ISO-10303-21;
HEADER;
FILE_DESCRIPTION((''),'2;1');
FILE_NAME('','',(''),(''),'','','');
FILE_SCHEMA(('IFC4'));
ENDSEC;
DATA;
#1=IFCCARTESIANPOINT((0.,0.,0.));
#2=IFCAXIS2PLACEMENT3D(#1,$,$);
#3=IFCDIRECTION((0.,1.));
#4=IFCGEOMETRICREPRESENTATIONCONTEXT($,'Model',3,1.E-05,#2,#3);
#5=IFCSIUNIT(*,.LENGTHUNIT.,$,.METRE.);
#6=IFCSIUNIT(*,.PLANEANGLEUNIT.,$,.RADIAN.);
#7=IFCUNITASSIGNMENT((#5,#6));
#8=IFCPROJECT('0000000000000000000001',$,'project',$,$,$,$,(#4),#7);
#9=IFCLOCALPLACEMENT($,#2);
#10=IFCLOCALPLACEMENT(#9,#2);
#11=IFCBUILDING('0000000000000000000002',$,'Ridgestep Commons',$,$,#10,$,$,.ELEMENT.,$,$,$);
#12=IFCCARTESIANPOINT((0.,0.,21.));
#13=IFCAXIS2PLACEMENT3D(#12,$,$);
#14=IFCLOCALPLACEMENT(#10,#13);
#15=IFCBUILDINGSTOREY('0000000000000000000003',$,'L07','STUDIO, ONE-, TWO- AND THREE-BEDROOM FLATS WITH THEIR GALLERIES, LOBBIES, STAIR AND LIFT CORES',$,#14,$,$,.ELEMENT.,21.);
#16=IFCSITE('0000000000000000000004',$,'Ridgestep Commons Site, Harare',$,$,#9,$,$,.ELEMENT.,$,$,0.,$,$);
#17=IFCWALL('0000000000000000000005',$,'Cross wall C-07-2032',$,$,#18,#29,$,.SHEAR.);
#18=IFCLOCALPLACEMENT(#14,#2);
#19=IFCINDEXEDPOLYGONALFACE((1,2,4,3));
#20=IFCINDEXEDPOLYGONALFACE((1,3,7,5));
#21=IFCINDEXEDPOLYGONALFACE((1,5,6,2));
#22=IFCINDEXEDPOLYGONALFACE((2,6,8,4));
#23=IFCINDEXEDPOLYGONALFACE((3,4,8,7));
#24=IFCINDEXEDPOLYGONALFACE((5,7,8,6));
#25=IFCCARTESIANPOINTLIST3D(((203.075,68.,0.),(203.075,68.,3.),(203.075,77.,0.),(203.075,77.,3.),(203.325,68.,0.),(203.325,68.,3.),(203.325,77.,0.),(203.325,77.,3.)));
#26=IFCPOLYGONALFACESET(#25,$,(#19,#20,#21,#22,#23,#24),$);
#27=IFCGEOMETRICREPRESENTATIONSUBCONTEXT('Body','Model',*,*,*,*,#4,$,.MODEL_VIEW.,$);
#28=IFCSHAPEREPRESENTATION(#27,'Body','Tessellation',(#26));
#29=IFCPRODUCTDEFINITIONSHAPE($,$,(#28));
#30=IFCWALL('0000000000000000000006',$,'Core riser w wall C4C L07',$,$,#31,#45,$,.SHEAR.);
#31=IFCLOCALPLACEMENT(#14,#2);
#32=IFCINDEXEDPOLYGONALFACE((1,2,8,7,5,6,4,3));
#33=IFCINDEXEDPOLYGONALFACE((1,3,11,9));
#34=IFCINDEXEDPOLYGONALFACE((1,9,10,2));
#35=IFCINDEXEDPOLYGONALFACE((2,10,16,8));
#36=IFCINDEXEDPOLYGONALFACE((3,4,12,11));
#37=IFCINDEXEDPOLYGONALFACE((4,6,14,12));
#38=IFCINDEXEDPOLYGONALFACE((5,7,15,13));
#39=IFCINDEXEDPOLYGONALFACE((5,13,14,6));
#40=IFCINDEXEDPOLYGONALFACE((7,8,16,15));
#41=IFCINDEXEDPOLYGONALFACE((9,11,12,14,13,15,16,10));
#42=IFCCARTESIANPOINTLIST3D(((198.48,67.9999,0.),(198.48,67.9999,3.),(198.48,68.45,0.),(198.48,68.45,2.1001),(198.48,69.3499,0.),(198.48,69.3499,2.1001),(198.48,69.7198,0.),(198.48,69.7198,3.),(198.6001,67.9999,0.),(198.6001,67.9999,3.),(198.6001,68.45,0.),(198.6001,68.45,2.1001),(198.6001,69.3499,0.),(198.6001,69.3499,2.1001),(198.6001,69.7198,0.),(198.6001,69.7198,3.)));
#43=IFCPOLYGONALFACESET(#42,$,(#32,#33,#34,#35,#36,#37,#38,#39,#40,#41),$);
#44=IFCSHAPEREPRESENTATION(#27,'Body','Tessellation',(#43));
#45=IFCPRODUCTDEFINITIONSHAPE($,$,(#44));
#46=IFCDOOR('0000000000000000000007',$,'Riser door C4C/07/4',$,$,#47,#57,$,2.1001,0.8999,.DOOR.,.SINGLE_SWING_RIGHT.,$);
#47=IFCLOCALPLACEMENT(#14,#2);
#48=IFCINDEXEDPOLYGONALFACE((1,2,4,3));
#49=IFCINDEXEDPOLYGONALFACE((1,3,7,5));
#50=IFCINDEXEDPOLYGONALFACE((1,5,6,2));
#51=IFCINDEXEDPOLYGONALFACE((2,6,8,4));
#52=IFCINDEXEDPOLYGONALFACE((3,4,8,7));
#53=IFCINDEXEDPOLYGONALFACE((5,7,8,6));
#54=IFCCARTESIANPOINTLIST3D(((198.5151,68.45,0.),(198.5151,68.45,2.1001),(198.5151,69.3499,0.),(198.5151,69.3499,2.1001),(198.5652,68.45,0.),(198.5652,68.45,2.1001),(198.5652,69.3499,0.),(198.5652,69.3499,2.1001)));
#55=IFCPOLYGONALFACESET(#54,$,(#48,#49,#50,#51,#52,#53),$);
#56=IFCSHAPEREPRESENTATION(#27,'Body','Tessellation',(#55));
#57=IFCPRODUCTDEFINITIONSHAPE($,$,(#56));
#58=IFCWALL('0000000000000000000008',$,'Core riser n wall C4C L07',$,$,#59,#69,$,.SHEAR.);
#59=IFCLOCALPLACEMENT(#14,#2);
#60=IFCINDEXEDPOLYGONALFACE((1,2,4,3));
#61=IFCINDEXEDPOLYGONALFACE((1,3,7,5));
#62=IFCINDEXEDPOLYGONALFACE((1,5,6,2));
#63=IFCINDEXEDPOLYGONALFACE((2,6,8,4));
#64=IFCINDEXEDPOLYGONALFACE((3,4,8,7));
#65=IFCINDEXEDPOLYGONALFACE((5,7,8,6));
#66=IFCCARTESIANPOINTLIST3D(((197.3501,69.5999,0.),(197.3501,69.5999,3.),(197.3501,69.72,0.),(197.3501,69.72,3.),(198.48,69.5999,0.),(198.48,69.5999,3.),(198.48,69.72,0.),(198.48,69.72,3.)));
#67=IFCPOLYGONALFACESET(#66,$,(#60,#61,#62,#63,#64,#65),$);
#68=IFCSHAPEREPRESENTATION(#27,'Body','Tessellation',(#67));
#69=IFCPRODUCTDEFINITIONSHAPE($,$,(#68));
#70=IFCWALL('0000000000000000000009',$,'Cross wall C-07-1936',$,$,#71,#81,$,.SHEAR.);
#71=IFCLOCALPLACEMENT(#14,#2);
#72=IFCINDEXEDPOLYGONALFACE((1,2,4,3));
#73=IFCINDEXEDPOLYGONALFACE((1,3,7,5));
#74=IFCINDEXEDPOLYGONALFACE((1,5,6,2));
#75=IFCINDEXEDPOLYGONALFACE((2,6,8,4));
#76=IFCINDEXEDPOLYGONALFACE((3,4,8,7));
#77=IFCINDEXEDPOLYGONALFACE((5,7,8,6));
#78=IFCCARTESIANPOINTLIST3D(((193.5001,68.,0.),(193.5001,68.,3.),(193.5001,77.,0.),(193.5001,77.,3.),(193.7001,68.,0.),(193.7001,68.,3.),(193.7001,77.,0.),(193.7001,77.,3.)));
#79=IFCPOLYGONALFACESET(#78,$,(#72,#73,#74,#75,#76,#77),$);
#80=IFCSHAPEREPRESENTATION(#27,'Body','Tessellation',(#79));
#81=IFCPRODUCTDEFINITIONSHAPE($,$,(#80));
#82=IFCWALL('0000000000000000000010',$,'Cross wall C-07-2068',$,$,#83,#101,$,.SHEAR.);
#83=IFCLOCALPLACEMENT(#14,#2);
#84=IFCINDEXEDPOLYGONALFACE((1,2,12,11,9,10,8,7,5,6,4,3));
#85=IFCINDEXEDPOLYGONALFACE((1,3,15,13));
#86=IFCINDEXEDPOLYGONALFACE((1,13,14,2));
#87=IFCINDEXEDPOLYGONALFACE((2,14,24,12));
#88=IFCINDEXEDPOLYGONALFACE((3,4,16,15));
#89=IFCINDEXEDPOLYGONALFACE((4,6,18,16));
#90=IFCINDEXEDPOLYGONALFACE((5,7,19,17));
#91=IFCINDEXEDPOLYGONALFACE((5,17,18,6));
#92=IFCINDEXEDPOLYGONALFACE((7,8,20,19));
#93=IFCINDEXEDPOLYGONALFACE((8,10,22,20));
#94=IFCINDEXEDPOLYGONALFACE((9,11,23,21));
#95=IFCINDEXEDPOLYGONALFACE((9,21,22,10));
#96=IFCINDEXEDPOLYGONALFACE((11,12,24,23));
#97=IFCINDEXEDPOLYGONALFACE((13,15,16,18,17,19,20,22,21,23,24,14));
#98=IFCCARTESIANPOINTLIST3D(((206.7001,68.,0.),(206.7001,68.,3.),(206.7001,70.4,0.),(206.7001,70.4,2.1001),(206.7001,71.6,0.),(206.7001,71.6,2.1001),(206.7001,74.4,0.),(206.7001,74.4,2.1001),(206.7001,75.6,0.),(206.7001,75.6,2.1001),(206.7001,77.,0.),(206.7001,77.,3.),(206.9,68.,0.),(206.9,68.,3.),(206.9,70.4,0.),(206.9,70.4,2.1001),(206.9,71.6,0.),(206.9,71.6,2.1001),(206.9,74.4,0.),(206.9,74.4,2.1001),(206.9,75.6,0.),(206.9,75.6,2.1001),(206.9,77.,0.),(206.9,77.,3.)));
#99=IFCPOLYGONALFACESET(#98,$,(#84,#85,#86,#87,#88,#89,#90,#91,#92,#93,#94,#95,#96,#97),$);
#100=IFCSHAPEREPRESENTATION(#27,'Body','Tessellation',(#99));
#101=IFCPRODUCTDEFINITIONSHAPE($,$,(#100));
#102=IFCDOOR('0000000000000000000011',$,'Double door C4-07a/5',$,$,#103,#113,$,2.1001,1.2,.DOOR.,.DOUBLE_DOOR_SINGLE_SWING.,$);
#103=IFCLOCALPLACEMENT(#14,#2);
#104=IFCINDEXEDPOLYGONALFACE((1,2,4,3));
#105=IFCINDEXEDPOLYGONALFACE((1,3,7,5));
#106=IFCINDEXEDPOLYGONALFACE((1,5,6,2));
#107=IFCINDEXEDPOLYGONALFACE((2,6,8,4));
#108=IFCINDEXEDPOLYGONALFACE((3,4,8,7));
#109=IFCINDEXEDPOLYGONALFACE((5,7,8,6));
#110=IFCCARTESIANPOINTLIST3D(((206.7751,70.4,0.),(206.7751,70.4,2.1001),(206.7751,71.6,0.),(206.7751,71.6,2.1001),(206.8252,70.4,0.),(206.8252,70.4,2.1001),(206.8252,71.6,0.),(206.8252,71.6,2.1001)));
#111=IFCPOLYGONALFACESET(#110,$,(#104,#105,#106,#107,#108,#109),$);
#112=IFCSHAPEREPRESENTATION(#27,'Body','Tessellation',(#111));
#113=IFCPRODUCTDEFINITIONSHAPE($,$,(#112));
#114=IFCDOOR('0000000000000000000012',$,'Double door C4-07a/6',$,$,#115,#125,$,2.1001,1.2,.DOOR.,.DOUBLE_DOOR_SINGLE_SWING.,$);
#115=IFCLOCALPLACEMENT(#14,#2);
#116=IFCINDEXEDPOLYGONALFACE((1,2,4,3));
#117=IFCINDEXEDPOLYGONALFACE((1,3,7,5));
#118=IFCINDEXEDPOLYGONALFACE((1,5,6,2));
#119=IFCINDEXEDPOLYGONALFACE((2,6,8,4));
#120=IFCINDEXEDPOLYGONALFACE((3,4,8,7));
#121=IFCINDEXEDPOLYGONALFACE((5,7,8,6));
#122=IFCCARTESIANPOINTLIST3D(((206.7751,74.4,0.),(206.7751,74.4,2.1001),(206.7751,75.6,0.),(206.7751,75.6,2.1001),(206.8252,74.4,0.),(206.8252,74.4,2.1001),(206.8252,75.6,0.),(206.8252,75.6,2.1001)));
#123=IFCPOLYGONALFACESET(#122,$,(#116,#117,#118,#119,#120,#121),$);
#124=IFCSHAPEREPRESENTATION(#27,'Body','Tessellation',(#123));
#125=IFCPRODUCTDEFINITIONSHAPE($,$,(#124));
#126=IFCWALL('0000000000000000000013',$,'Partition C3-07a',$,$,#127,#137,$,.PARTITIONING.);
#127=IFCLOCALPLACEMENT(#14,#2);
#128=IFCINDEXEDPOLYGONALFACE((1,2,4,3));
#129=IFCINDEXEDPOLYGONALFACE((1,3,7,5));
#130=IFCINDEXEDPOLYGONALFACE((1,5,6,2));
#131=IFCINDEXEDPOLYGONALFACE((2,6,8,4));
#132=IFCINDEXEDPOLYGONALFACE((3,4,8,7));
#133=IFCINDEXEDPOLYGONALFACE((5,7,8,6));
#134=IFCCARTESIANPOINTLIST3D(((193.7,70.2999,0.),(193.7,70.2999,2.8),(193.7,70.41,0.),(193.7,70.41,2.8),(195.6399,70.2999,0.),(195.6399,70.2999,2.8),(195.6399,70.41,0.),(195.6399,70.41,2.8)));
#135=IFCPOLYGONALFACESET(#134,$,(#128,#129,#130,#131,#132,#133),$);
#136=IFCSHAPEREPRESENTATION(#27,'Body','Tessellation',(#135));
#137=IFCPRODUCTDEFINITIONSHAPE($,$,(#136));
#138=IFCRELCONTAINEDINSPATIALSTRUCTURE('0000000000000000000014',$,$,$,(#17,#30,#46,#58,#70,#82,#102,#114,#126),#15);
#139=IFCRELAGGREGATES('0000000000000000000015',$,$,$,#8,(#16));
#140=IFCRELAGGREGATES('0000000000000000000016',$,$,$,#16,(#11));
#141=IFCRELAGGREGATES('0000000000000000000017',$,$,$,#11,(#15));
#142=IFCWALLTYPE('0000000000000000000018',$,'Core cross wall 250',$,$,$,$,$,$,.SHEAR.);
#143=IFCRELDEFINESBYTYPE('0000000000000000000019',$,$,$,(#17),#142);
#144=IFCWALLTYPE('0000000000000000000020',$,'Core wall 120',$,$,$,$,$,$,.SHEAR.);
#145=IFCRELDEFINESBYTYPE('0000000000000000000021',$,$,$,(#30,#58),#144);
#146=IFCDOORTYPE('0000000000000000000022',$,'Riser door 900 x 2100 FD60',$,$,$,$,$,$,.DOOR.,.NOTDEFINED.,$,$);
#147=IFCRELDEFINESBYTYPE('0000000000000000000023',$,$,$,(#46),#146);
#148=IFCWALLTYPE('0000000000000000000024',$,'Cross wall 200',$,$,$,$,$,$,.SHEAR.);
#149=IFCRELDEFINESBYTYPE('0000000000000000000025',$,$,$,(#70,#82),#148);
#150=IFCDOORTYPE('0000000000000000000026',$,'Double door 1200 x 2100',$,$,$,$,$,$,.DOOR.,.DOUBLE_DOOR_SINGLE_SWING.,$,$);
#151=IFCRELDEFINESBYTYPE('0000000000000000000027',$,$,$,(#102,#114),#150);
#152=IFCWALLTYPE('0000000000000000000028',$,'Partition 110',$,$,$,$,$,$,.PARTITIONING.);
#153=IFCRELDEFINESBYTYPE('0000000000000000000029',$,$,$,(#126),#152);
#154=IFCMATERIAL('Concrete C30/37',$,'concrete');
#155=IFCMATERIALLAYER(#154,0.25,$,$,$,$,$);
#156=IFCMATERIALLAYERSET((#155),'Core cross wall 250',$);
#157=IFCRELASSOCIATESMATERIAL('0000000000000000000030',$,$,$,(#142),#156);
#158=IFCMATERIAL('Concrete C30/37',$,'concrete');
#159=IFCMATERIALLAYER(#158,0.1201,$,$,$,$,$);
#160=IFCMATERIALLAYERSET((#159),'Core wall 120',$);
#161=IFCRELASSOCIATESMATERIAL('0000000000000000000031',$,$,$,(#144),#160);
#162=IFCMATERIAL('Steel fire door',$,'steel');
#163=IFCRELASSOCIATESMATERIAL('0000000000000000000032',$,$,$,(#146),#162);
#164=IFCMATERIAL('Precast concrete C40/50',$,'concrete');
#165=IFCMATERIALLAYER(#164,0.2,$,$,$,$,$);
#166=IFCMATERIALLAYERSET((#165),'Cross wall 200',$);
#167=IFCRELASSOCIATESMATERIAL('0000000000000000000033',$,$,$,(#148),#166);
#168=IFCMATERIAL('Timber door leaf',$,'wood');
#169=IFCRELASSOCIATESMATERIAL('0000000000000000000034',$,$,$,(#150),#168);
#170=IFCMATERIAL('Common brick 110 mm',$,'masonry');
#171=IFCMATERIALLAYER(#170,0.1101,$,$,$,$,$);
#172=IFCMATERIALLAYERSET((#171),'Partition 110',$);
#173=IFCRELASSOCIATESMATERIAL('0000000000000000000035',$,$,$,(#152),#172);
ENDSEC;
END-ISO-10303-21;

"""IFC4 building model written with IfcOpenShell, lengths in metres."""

from ifc_helpers import new_model, si_unit, direction, frame, frame_2d, origin, place, context, subcontext, project, spatial, rectangle, extrude, material, layer, layer_set, type_object, element, fill, save


model = new_model("IFC4")

# Units and contexts
model_context = context("Model", 3, precision=1e-05, world=origin(), true_north=direction((0.0, 1.0)))
body_context = subcontext(model_context, "Body", "Model", "MODEL_VIEW")
ifc_project = project(units=[si_unit("LENGTHUNIT", "METRE"), si_unit("PLANEANGLEUNIT", "RADIAN")], contexts=[model_context])

# Site, building, storey
site_placement = place(None, origin())
site = spatial("IfcSite", under=ifc_project, at=site_placement, Name="Ridgestep Commons Site, Harare", CompositionType="ELEMENT", RefElevation=0.0)
building_placement = place(site_placement, origin())
building = spatial("IfcBuilding", under=site, at=building_placement, Name="Ridgestep Commons", CompositionType="ELEMENT")
storey_placement = place(building_placement, frame((0.0, 0.0, 21.0)))
storey = spatial("IfcBuildingStorey", under=building, at=storey_placement, Name="L07", Description="STUDIO, ONE-, TWO- AND THREE-BEDROOM FLATS WITH THEIR GALLERIES, LOBBIES, STAIR AND LIFT CORES", CompositionType="ELEMENT", Elevation=21.0)

# Wall
ifc_material_1 = material(Name="Concrete C30/37", Category="concrete")
ifc_layer_1 = layer(ifc_material_1, 0.25)
ifc_layer_set_1 = layer_set([ifc_layer_1], Name="Core cross wall 250")
wall_type_1 = type_object("IfcWallType", Name="Core cross wall 250", PredefinedType="SHEAR", material=ifc_layer_set_1)
wall_1_placement = place(storey_placement, frame((203.2, 68.0, 0.0), z_axis=(0.0, 0.0, 1.0), x_axis=(0.0, 1.0, 0.0)))
element("IfcWall", 1, at=wall_1_placement, inside=storey, type_object=wall_type_1, Name="Cross wall C-07-2032", PredefinedType="SHEAR", context=body_context, shape_type="SweptSolid", body=[
    extrude(rectangle(XDim=9.0, YDim=0.25, at=frame_2d((4.5, 0.0))), origin(), (0.0, 0.0, 1.0), 3.0),
])

# Wall, opening, door
ifc_material_2 = material(Name="Concrete C30/37", Category="concrete")
ifc_layer_2 = layer(ifc_material_2, 0.1201)
ifc_layer_set_2 = layer_set([ifc_layer_2], Name="Core wall 120")
wall_type_2 = type_object("IfcWallType", Name="Core wall 120", PredefinedType="SHEAR", material=ifc_layer_set_2)
wall_2_placement = place(storey_placement, frame((198.54, 68.0, 0.0), z_axis=(0.0, 0.0, 1.0), x_axis=(0.0, 1.0, 0.0)))
wall_2 = element("IfcWall", 2, at=wall_2_placement, inside=storey, type_object=wall_type_2, Name="Core riser w wall C4C L07", PredefinedType="SHEAR", context=body_context, shape_type="SweptSolid", body=[
    extrude(rectangle(XDim=1.72, YDim=0.1201, at=frame_2d((0.8599, 0.0))), origin(), (0.0, 0.0, 1.0), 3.0),
])
opening_1_placement = place(wall_2_placement, frame((0.45, 0.0, 0.0)))
opening_1 = element("IfcOpeningElement", 3, at=opening_1_placement, cuts=wall_2, PredefinedType="OPENING", context=body_context, shape_type="SweptSolid", body=[
    extrude(rectangle(XDim=0.8999, YDim=2.1001, at=frame_2d((0.45, 1.05))), frame((0.0, 0.0701, 0.0), z_axis=(0.0, -1.0, 0.0), x_axis=(1.0, 0.0, 0.0)), (0.0, 0.0, 1.0), 0.1401),
])
ifc_material_3 = material(Name="Steel fire door", Category="steel")
door_type_1 = type_object("IfcDoorType", Name="Riser door 900 x 2100 FD60", OperationType="NOTDEFINED", PredefinedType="DOOR", material=ifc_material_3)
door_1_placement = place(opening_1_placement, origin())
door_1 = element("IfcDoor", 4, at=door_1_placement, inside=storey, type_object=door_type_1, Name="Riser door C4C/07/4", OperationType="SINGLE_SWING_RIGHT", OverallHeight=2.1001, OverallWidth=0.8999, PredefinedType="DOOR", context=body_context, shape_type="SweptSolid", body=[
    extrude(rectangle(XDim=0.8999, YDim=2.1001, at=frame_2d((0.45, 1.05))), frame((0.0, 0.0249, 0.0), z_axis=(0.0, -1.0, 0.0), x_axis=(1.0, 0.0, 0.0)), (0.0, 0.0, 1.0), 0.05),
])
fill(opening_1, door_1)

# Walls
wall_3_placement = place(storey_placement, frame((197.3501, 69.6599, 0.0), z_axis=(0.0, 0.0, 1.0), x_axis=(1.0, 0.0, 0.0)))
element("IfcWall", 5, at=wall_3_placement, inside=storey, type_object=wall_type_2, Name="Core riser n wall C4C L07", PredefinedType="SHEAR", context=body_context, shape_type="SweptSolid", body=[
    extrude(rectangle(XDim=1.1299, YDim=0.1201, at=frame_2d((0.5649, 0.0))), origin(), (0.0, 0.0, 1.0), 3.0),
])
ifc_material_4 = material(Name="Precast concrete C40/50", Category="concrete")
ifc_layer_3 = layer(ifc_material_4, 0.2)
ifc_layer_set_3 = layer_set([ifc_layer_3], Name="Cross wall 200")
wall_type_3 = type_object("IfcWallType", Name="Cross wall 200", PredefinedType="SHEAR", material=ifc_layer_set_3)
wall_4_placement = place(storey_placement, frame((193.6001, 68.0, 0.0), z_axis=(0.0, 0.0, 1.0), x_axis=(0.0, 1.0, 0.0)))
element("IfcWall", 6, at=wall_4_placement, inside=storey, type_object=wall_type_3, Name="Cross wall C-07-1936", PredefinedType="SHEAR", context=body_context, shape_type="SweptSolid", body=[
    extrude(rectangle(XDim=9.0, YDim=0.2, at=frame_2d((4.5, 0.0))), origin(), (0.0, 0.0, 1.0), 3.0),
])

# Wall, openings, doors
wall_5_placement = place(storey_placement, frame((206.8, 68.0, 0.0), z_axis=(0.0, 0.0, 1.0), x_axis=(0.0, 1.0, 0.0)))
wall_5 = element("IfcWall", 7, at=wall_5_placement, inside=storey, type_object=wall_type_3, Name="Cross wall C-07-2068", PredefinedType="SHEAR", context=body_context, shape_type="SweptSolid", body=[
    extrude(rectangle(XDim=9.0, YDim=0.2, at=frame_2d((4.5, 0.0))), origin(), (0.0, 0.0, 1.0), 3.0),
])
opening_2_placement = place(wall_5_placement, frame((2.3999, 0.0, 0.0)))
opening_2 = element("IfcOpeningElement", 8, at=opening_2_placement, cuts=wall_5, PredefinedType="OPENING", context=body_context, shape_type="SweptSolid", body=[
    extrude(rectangle(XDim=1.2, YDim=2.1001, at=frame_2d((0.6001, 1.05))), frame((0.0, 0.1099, 0.0), z_axis=(0.0, -1.0, 0.0), x_axis=(1.0, 0.0, 0.0)), (0.0, 0.0, 1.0), 0.22),
])
opening_3_placement = place(wall_5_placement, frame((6.3999, 0.0, 0.0)))
opening_3 = element("IfcOpeningElement", 9, at=opening_3_placement, cuts=wall_5, PredefinedType="OPENING", context=body_context, shape_type="SweptSolid", body=[
    extrude(rectangle(XDim=1.2, YDim=2.1001, at=frame_2d((0.6001, 1.05))), frame((0.0, 0.1099, 0.0), z_axis=(0.0, -1.0, 0.0), x_axis=(1.0, 0.0, 0.0)), (0.0, 0.0, 1.0), 0.22),
])
ifc_material_5 = material(Name="Timber door leaf", Category="wood")
door_type_2 = type_object("IfcDoorType", Name="Double door 1200 x 2100", OperationType="DOUBLE_DOOR_SINGLE_SWING", PredefinedType="DOOR", material=ifc_material_5)
door_2_placement = place(opening_2_placement, origin())
door_2 = element("IfcDoor", 10, at=door_2_placement, inside=storey, type_object=door_type_2, Name="Double door C4-07a/5", OperationType="DOUBLE_DOOR_SINGLE_SWING", OverallHeight=2.1001, OverallWidth=1.2, PredefinedType="DOOR", context=body_context, shape_type="SweptSolid", body=[
    extrude(rectangle(XDim=1.2, YDim=2.1001, at=frame_2d((0.6001, 1.05))), frame((0.0, 0.0249, 0.0), z_axis=(0.0, -1.0, 0.0), x_axis=(1.0, 0.0, 0.0)), (0.0, 0.0, 1.0), 0.05),
])
fill(opening_2, door_2)
door_3_placement = place(opening_3_placement, origin())
door_3 = element("IfcDoor", 11, at=door_3_placement, inside=storey, type_object=door_type_2, Name="Double door C4-07a/6", OperationType="DOUBLE_DOOR_SINGLE_SWING", OverallHeight=2.1001, OverallWidth=1.2, PredefinedType="DOOR", context=body_context, shape_type="SweptSolid", body=[
    extrude(rectangle(XDim=1.2, YDim=2.1001, at=frame_2d((0.6001, 1.05))), frame((0.0, 0.0249, 0.0), z_axis=(0.0, -1.0, 0.0), x_axis=(1.0, 0.0, 0.0)), (0.0, 0.0, 1.0), 0.05),
])
fill(opening_3, door_3)

# Wall
ifc_material_6 = material(Name="Common brick 110 mm", Category="masonry")
ifc_layer_4 = layer(ifc_material_6, 0.1101)
ifc_layer_set_4 = layer_set([ifc_layer_4], Name="Partition 110")
wall_type_4 = type_object("IfcWallType", Name="Partition 110", PredefinedType="PARTITIONING", material=ifc_layer_set_4)
wall_6_placement = place(storey_placement, frame((193.7, 70.355, 0.0), z_axis=(0.0, 0.0, 1.0), x_axis=(1.0, 0.0, 0.0)))
element("IfcWall", 12, at=wall_6_placement, inside=storey, type_object=wall_type_4, Name="Partition C3-07a", PredefinedType="PARTITIONING", context=body_context, shape_type="SweptSolid", body=[
    extrude(rectangle(XDim=1.9399, YDim=0.1101, at=frame_2d((0.97, 0.0))), origin(), (0.0, 0.0, 1.0), 2.8),
])

save(model, "model.ifc")
